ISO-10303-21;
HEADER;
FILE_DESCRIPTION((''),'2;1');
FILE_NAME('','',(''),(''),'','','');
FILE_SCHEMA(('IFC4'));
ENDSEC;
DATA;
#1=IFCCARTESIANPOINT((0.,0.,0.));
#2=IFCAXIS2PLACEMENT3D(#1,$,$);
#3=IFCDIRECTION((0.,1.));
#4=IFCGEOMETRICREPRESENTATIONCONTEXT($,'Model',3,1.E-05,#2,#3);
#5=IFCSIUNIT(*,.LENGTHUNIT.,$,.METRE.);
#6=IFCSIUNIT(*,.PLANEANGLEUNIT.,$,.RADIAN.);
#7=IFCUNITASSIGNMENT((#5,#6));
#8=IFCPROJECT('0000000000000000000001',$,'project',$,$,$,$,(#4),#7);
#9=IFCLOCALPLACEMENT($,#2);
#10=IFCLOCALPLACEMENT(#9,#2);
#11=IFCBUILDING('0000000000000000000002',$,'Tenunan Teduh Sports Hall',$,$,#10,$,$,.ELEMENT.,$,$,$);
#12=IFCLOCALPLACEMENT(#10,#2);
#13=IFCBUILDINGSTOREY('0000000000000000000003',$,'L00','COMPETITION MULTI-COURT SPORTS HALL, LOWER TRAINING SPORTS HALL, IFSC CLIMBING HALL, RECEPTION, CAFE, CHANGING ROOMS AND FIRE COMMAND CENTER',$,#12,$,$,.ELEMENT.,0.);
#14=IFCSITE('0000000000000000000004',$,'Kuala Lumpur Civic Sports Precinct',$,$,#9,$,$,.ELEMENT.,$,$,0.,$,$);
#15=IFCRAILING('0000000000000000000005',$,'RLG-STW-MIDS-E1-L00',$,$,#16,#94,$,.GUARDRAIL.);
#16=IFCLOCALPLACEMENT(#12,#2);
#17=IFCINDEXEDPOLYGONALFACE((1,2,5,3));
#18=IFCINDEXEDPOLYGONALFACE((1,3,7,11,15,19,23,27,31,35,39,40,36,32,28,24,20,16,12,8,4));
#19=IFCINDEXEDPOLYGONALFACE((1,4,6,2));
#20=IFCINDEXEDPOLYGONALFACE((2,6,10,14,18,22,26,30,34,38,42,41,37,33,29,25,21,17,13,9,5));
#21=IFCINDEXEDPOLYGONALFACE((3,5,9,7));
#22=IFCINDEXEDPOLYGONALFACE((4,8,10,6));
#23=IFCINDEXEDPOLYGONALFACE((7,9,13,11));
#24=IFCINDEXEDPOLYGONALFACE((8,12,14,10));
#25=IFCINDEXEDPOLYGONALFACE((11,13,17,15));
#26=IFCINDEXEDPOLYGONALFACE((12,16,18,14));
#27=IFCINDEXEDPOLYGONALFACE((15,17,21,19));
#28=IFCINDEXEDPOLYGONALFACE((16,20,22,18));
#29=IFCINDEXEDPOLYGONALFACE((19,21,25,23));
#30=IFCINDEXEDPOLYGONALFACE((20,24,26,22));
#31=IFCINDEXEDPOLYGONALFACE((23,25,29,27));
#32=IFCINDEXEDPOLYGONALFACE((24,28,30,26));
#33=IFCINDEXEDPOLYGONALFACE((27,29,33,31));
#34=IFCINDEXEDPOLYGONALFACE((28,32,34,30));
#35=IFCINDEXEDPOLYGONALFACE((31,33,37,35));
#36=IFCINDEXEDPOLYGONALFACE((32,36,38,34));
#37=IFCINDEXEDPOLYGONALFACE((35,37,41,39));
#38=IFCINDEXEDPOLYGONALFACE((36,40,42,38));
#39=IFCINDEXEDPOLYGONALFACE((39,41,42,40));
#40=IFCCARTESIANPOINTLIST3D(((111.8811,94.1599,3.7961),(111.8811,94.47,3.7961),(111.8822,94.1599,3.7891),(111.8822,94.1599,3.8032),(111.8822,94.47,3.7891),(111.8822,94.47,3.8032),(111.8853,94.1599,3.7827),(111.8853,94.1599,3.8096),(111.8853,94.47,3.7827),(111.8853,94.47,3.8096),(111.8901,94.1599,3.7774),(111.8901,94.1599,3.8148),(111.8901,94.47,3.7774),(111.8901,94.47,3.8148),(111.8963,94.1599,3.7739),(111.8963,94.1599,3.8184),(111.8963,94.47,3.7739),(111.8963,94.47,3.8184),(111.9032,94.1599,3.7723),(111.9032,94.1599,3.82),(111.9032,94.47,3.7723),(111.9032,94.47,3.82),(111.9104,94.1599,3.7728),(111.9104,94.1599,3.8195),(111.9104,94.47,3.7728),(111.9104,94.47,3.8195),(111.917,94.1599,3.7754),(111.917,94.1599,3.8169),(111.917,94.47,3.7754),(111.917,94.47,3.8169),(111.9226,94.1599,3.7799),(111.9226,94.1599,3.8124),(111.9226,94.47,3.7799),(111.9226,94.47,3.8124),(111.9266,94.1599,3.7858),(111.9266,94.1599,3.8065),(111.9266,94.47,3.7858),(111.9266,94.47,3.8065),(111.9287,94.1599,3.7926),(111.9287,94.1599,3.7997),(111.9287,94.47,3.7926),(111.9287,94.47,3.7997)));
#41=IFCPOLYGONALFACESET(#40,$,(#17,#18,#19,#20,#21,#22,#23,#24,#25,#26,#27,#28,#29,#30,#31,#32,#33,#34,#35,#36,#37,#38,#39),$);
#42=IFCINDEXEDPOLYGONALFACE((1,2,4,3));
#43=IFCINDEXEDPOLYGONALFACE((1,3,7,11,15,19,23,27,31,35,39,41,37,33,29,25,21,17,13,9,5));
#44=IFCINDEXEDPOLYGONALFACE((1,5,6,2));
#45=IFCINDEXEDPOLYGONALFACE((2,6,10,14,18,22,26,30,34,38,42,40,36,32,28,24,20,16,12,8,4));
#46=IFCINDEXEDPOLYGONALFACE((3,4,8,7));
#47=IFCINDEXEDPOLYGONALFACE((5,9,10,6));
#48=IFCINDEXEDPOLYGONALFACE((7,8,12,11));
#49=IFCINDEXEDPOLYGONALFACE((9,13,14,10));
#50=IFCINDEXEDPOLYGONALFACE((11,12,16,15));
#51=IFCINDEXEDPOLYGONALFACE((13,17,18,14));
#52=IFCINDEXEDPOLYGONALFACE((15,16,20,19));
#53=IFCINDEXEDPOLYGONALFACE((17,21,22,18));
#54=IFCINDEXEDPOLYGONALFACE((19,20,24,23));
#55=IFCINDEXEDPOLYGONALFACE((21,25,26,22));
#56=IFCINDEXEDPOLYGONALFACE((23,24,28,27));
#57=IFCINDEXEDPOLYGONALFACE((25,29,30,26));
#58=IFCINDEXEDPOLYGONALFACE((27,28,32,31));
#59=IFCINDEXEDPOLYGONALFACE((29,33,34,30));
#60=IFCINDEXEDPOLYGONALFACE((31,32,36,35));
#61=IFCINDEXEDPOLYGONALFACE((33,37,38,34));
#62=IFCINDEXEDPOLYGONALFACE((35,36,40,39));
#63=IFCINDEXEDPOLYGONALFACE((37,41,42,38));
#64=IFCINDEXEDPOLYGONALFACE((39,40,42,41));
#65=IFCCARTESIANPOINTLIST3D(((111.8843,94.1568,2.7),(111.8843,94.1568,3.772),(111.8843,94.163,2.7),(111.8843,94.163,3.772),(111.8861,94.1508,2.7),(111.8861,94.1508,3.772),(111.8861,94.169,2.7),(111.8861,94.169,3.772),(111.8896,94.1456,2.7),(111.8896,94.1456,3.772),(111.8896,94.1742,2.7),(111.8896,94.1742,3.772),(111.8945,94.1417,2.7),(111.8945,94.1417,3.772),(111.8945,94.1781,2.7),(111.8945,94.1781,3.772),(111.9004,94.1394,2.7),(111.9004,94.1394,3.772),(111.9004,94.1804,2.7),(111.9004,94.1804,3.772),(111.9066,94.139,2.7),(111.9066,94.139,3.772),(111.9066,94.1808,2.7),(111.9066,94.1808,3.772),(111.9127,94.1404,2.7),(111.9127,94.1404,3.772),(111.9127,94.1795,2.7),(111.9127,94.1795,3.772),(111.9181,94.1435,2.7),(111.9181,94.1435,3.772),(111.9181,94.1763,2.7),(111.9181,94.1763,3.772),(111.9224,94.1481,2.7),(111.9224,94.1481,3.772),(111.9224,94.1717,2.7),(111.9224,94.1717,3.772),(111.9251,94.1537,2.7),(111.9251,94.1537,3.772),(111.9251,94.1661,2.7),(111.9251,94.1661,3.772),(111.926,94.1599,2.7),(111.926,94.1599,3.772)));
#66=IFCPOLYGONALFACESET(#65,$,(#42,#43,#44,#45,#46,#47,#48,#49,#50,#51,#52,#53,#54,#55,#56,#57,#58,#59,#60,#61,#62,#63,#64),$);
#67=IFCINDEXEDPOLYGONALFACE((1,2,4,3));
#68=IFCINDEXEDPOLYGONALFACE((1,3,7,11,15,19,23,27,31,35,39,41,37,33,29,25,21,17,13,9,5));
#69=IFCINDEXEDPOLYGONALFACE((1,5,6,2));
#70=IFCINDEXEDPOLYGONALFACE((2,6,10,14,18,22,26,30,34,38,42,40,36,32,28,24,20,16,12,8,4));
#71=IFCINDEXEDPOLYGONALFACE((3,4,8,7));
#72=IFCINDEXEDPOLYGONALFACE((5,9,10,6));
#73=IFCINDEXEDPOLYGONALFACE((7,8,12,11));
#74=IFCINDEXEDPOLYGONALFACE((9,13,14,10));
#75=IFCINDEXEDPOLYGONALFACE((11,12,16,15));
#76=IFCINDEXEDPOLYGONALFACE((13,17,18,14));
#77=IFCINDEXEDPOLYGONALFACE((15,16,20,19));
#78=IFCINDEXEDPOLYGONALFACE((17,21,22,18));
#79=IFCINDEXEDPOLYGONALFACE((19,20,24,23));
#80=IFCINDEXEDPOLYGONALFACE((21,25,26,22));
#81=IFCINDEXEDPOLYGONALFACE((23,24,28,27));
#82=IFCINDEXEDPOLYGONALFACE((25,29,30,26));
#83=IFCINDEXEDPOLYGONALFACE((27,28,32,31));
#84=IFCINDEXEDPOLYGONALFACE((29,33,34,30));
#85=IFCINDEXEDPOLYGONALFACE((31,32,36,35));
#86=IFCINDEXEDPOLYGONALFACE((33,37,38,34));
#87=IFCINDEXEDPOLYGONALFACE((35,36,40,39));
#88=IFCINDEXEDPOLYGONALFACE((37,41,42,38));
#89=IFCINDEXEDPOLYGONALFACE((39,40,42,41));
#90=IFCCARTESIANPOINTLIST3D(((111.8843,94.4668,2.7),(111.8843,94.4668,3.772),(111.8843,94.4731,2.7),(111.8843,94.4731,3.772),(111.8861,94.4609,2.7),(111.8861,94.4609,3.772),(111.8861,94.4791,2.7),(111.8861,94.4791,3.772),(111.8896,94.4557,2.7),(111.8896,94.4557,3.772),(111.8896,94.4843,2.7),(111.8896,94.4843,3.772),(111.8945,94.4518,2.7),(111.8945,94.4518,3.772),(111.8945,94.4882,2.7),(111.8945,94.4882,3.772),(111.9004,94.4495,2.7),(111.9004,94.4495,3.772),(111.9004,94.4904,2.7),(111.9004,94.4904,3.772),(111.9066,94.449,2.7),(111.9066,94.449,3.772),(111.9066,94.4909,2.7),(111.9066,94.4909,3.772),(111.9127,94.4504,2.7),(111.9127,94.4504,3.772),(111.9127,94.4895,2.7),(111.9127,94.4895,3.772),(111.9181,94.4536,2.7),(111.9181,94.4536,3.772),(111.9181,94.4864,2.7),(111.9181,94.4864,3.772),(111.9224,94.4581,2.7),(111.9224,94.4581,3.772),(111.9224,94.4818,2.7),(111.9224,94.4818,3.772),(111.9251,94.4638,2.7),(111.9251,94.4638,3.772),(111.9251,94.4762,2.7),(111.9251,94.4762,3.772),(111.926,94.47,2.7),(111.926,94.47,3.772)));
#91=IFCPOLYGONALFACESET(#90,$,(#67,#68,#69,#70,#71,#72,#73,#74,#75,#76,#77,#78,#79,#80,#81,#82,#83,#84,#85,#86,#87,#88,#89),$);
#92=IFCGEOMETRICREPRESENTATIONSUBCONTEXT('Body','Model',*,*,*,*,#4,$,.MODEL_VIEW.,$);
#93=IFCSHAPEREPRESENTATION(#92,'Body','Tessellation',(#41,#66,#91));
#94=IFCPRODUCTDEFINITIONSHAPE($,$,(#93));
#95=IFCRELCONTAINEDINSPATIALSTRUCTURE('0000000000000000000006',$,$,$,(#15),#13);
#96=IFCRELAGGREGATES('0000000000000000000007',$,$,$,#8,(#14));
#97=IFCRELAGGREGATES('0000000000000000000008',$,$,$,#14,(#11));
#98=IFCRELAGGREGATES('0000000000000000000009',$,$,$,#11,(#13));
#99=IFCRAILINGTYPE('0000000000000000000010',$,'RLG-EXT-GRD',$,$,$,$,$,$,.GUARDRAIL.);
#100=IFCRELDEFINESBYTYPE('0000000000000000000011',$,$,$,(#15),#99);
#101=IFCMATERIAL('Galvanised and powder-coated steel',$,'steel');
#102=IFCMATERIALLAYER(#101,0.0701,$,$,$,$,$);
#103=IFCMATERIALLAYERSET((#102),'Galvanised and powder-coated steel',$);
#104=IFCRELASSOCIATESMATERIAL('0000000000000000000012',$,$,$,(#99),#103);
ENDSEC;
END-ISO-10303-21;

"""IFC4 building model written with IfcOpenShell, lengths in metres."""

from ifc_helpers import new_model, si_unit, direction, frame, origin, origin_2d, place, context, subcontext, project, spatial, circle, extrude, material, layer, layer_set, type_object, element, save


model = new_model("IFC4")

# Units and contexts
model_context = context("Model", 3, precision=1e-05, world=origin(), true_north=direction((0.0, 1.0)))
body_context = subcontext(model_context, "Body", "Model", "MODEL_VIEW")
ifc_project = project(units=[si_unit("LENGTHUNIT", "METRE"), si_unit("PLANEANGLEUNIT", "RADIAN")], contexts=[model_context])

# Site, building, storey
site_placement = place(None, origin())
site = spatial("IfcSite", under=ifc_project, at=site_placement, Name="Kuala Lumpur Civic Sports Precinct", CompositionType="ELEMENT", RefElevation=0.0)
building_placement = place(site_placement, origin())
building = spatial("IfcBuilding", under=site, at=building_placement, Name="Tenunan Teduh Sports Hall", CompositionType="ELEMENT")
storey_placement = place(building_placement, origin())
storey = spatial("IfcBuildingStorey", under=building, at=storey_placement, Name="L00", Description="COMPETITION MULTI-COURT SPORTS HALL, LOWER TRAINING SPORTS HALL, IFSC CLIMBING HALL, RECEPTION, CAFE, CHANGING ROOMS AND FIRE COMMAND CENTER", CompositionType="ELEMENT", Elevation=0.0)

# Railing
ifc_material_1 = material(Name="Galvanised and powder-coated steel", Category="steel")
ifc_layer_1 = layer(ifc_material_1, 0.0701)
ifc_layer_set_1 = layer_set([ifc_layer_1], Name="Galvanised and powder-coated steel")
railing_type = type_object("IfcRailingType", Name="RLG-EXT-GRD", PredefinedType="GUARDRAIL", material=ifc_layer_set_1)
railing_1_placement = place(storey_placement, frame((111.905, 94.1599, 2.7)))
element("IfcRailing", 1, at=railing_1_placement, inside=storey, type_object=railing_type, Name="RLG-STW-MIDS-E1-L00", PredefinedType="GUARDRAIL", context=body_context, shape_type="SweptSolid", body=[
    extrude(circle(Radius=0.0239, at=origin_2d()), frame((0.0, 0.0, 1.0962), z_axis=(0.0, 1.0, 0.0), x_axis=(-1.0, 0.0, 0.0)), (0.0, 0.0, 1.0), 0.3101),
    extrude(circle(Radius=0.021, at=origin_2d()), origin(), (0.0, 0.0, 1.0), 1.072),
    extrude(circle(Radius=0.021, at=origin_2d()), frame((0.0, 0.3101, 0.0)), (0.0, 0.0, 1.0), 1.072),
])

save(model, "model.ifc")
